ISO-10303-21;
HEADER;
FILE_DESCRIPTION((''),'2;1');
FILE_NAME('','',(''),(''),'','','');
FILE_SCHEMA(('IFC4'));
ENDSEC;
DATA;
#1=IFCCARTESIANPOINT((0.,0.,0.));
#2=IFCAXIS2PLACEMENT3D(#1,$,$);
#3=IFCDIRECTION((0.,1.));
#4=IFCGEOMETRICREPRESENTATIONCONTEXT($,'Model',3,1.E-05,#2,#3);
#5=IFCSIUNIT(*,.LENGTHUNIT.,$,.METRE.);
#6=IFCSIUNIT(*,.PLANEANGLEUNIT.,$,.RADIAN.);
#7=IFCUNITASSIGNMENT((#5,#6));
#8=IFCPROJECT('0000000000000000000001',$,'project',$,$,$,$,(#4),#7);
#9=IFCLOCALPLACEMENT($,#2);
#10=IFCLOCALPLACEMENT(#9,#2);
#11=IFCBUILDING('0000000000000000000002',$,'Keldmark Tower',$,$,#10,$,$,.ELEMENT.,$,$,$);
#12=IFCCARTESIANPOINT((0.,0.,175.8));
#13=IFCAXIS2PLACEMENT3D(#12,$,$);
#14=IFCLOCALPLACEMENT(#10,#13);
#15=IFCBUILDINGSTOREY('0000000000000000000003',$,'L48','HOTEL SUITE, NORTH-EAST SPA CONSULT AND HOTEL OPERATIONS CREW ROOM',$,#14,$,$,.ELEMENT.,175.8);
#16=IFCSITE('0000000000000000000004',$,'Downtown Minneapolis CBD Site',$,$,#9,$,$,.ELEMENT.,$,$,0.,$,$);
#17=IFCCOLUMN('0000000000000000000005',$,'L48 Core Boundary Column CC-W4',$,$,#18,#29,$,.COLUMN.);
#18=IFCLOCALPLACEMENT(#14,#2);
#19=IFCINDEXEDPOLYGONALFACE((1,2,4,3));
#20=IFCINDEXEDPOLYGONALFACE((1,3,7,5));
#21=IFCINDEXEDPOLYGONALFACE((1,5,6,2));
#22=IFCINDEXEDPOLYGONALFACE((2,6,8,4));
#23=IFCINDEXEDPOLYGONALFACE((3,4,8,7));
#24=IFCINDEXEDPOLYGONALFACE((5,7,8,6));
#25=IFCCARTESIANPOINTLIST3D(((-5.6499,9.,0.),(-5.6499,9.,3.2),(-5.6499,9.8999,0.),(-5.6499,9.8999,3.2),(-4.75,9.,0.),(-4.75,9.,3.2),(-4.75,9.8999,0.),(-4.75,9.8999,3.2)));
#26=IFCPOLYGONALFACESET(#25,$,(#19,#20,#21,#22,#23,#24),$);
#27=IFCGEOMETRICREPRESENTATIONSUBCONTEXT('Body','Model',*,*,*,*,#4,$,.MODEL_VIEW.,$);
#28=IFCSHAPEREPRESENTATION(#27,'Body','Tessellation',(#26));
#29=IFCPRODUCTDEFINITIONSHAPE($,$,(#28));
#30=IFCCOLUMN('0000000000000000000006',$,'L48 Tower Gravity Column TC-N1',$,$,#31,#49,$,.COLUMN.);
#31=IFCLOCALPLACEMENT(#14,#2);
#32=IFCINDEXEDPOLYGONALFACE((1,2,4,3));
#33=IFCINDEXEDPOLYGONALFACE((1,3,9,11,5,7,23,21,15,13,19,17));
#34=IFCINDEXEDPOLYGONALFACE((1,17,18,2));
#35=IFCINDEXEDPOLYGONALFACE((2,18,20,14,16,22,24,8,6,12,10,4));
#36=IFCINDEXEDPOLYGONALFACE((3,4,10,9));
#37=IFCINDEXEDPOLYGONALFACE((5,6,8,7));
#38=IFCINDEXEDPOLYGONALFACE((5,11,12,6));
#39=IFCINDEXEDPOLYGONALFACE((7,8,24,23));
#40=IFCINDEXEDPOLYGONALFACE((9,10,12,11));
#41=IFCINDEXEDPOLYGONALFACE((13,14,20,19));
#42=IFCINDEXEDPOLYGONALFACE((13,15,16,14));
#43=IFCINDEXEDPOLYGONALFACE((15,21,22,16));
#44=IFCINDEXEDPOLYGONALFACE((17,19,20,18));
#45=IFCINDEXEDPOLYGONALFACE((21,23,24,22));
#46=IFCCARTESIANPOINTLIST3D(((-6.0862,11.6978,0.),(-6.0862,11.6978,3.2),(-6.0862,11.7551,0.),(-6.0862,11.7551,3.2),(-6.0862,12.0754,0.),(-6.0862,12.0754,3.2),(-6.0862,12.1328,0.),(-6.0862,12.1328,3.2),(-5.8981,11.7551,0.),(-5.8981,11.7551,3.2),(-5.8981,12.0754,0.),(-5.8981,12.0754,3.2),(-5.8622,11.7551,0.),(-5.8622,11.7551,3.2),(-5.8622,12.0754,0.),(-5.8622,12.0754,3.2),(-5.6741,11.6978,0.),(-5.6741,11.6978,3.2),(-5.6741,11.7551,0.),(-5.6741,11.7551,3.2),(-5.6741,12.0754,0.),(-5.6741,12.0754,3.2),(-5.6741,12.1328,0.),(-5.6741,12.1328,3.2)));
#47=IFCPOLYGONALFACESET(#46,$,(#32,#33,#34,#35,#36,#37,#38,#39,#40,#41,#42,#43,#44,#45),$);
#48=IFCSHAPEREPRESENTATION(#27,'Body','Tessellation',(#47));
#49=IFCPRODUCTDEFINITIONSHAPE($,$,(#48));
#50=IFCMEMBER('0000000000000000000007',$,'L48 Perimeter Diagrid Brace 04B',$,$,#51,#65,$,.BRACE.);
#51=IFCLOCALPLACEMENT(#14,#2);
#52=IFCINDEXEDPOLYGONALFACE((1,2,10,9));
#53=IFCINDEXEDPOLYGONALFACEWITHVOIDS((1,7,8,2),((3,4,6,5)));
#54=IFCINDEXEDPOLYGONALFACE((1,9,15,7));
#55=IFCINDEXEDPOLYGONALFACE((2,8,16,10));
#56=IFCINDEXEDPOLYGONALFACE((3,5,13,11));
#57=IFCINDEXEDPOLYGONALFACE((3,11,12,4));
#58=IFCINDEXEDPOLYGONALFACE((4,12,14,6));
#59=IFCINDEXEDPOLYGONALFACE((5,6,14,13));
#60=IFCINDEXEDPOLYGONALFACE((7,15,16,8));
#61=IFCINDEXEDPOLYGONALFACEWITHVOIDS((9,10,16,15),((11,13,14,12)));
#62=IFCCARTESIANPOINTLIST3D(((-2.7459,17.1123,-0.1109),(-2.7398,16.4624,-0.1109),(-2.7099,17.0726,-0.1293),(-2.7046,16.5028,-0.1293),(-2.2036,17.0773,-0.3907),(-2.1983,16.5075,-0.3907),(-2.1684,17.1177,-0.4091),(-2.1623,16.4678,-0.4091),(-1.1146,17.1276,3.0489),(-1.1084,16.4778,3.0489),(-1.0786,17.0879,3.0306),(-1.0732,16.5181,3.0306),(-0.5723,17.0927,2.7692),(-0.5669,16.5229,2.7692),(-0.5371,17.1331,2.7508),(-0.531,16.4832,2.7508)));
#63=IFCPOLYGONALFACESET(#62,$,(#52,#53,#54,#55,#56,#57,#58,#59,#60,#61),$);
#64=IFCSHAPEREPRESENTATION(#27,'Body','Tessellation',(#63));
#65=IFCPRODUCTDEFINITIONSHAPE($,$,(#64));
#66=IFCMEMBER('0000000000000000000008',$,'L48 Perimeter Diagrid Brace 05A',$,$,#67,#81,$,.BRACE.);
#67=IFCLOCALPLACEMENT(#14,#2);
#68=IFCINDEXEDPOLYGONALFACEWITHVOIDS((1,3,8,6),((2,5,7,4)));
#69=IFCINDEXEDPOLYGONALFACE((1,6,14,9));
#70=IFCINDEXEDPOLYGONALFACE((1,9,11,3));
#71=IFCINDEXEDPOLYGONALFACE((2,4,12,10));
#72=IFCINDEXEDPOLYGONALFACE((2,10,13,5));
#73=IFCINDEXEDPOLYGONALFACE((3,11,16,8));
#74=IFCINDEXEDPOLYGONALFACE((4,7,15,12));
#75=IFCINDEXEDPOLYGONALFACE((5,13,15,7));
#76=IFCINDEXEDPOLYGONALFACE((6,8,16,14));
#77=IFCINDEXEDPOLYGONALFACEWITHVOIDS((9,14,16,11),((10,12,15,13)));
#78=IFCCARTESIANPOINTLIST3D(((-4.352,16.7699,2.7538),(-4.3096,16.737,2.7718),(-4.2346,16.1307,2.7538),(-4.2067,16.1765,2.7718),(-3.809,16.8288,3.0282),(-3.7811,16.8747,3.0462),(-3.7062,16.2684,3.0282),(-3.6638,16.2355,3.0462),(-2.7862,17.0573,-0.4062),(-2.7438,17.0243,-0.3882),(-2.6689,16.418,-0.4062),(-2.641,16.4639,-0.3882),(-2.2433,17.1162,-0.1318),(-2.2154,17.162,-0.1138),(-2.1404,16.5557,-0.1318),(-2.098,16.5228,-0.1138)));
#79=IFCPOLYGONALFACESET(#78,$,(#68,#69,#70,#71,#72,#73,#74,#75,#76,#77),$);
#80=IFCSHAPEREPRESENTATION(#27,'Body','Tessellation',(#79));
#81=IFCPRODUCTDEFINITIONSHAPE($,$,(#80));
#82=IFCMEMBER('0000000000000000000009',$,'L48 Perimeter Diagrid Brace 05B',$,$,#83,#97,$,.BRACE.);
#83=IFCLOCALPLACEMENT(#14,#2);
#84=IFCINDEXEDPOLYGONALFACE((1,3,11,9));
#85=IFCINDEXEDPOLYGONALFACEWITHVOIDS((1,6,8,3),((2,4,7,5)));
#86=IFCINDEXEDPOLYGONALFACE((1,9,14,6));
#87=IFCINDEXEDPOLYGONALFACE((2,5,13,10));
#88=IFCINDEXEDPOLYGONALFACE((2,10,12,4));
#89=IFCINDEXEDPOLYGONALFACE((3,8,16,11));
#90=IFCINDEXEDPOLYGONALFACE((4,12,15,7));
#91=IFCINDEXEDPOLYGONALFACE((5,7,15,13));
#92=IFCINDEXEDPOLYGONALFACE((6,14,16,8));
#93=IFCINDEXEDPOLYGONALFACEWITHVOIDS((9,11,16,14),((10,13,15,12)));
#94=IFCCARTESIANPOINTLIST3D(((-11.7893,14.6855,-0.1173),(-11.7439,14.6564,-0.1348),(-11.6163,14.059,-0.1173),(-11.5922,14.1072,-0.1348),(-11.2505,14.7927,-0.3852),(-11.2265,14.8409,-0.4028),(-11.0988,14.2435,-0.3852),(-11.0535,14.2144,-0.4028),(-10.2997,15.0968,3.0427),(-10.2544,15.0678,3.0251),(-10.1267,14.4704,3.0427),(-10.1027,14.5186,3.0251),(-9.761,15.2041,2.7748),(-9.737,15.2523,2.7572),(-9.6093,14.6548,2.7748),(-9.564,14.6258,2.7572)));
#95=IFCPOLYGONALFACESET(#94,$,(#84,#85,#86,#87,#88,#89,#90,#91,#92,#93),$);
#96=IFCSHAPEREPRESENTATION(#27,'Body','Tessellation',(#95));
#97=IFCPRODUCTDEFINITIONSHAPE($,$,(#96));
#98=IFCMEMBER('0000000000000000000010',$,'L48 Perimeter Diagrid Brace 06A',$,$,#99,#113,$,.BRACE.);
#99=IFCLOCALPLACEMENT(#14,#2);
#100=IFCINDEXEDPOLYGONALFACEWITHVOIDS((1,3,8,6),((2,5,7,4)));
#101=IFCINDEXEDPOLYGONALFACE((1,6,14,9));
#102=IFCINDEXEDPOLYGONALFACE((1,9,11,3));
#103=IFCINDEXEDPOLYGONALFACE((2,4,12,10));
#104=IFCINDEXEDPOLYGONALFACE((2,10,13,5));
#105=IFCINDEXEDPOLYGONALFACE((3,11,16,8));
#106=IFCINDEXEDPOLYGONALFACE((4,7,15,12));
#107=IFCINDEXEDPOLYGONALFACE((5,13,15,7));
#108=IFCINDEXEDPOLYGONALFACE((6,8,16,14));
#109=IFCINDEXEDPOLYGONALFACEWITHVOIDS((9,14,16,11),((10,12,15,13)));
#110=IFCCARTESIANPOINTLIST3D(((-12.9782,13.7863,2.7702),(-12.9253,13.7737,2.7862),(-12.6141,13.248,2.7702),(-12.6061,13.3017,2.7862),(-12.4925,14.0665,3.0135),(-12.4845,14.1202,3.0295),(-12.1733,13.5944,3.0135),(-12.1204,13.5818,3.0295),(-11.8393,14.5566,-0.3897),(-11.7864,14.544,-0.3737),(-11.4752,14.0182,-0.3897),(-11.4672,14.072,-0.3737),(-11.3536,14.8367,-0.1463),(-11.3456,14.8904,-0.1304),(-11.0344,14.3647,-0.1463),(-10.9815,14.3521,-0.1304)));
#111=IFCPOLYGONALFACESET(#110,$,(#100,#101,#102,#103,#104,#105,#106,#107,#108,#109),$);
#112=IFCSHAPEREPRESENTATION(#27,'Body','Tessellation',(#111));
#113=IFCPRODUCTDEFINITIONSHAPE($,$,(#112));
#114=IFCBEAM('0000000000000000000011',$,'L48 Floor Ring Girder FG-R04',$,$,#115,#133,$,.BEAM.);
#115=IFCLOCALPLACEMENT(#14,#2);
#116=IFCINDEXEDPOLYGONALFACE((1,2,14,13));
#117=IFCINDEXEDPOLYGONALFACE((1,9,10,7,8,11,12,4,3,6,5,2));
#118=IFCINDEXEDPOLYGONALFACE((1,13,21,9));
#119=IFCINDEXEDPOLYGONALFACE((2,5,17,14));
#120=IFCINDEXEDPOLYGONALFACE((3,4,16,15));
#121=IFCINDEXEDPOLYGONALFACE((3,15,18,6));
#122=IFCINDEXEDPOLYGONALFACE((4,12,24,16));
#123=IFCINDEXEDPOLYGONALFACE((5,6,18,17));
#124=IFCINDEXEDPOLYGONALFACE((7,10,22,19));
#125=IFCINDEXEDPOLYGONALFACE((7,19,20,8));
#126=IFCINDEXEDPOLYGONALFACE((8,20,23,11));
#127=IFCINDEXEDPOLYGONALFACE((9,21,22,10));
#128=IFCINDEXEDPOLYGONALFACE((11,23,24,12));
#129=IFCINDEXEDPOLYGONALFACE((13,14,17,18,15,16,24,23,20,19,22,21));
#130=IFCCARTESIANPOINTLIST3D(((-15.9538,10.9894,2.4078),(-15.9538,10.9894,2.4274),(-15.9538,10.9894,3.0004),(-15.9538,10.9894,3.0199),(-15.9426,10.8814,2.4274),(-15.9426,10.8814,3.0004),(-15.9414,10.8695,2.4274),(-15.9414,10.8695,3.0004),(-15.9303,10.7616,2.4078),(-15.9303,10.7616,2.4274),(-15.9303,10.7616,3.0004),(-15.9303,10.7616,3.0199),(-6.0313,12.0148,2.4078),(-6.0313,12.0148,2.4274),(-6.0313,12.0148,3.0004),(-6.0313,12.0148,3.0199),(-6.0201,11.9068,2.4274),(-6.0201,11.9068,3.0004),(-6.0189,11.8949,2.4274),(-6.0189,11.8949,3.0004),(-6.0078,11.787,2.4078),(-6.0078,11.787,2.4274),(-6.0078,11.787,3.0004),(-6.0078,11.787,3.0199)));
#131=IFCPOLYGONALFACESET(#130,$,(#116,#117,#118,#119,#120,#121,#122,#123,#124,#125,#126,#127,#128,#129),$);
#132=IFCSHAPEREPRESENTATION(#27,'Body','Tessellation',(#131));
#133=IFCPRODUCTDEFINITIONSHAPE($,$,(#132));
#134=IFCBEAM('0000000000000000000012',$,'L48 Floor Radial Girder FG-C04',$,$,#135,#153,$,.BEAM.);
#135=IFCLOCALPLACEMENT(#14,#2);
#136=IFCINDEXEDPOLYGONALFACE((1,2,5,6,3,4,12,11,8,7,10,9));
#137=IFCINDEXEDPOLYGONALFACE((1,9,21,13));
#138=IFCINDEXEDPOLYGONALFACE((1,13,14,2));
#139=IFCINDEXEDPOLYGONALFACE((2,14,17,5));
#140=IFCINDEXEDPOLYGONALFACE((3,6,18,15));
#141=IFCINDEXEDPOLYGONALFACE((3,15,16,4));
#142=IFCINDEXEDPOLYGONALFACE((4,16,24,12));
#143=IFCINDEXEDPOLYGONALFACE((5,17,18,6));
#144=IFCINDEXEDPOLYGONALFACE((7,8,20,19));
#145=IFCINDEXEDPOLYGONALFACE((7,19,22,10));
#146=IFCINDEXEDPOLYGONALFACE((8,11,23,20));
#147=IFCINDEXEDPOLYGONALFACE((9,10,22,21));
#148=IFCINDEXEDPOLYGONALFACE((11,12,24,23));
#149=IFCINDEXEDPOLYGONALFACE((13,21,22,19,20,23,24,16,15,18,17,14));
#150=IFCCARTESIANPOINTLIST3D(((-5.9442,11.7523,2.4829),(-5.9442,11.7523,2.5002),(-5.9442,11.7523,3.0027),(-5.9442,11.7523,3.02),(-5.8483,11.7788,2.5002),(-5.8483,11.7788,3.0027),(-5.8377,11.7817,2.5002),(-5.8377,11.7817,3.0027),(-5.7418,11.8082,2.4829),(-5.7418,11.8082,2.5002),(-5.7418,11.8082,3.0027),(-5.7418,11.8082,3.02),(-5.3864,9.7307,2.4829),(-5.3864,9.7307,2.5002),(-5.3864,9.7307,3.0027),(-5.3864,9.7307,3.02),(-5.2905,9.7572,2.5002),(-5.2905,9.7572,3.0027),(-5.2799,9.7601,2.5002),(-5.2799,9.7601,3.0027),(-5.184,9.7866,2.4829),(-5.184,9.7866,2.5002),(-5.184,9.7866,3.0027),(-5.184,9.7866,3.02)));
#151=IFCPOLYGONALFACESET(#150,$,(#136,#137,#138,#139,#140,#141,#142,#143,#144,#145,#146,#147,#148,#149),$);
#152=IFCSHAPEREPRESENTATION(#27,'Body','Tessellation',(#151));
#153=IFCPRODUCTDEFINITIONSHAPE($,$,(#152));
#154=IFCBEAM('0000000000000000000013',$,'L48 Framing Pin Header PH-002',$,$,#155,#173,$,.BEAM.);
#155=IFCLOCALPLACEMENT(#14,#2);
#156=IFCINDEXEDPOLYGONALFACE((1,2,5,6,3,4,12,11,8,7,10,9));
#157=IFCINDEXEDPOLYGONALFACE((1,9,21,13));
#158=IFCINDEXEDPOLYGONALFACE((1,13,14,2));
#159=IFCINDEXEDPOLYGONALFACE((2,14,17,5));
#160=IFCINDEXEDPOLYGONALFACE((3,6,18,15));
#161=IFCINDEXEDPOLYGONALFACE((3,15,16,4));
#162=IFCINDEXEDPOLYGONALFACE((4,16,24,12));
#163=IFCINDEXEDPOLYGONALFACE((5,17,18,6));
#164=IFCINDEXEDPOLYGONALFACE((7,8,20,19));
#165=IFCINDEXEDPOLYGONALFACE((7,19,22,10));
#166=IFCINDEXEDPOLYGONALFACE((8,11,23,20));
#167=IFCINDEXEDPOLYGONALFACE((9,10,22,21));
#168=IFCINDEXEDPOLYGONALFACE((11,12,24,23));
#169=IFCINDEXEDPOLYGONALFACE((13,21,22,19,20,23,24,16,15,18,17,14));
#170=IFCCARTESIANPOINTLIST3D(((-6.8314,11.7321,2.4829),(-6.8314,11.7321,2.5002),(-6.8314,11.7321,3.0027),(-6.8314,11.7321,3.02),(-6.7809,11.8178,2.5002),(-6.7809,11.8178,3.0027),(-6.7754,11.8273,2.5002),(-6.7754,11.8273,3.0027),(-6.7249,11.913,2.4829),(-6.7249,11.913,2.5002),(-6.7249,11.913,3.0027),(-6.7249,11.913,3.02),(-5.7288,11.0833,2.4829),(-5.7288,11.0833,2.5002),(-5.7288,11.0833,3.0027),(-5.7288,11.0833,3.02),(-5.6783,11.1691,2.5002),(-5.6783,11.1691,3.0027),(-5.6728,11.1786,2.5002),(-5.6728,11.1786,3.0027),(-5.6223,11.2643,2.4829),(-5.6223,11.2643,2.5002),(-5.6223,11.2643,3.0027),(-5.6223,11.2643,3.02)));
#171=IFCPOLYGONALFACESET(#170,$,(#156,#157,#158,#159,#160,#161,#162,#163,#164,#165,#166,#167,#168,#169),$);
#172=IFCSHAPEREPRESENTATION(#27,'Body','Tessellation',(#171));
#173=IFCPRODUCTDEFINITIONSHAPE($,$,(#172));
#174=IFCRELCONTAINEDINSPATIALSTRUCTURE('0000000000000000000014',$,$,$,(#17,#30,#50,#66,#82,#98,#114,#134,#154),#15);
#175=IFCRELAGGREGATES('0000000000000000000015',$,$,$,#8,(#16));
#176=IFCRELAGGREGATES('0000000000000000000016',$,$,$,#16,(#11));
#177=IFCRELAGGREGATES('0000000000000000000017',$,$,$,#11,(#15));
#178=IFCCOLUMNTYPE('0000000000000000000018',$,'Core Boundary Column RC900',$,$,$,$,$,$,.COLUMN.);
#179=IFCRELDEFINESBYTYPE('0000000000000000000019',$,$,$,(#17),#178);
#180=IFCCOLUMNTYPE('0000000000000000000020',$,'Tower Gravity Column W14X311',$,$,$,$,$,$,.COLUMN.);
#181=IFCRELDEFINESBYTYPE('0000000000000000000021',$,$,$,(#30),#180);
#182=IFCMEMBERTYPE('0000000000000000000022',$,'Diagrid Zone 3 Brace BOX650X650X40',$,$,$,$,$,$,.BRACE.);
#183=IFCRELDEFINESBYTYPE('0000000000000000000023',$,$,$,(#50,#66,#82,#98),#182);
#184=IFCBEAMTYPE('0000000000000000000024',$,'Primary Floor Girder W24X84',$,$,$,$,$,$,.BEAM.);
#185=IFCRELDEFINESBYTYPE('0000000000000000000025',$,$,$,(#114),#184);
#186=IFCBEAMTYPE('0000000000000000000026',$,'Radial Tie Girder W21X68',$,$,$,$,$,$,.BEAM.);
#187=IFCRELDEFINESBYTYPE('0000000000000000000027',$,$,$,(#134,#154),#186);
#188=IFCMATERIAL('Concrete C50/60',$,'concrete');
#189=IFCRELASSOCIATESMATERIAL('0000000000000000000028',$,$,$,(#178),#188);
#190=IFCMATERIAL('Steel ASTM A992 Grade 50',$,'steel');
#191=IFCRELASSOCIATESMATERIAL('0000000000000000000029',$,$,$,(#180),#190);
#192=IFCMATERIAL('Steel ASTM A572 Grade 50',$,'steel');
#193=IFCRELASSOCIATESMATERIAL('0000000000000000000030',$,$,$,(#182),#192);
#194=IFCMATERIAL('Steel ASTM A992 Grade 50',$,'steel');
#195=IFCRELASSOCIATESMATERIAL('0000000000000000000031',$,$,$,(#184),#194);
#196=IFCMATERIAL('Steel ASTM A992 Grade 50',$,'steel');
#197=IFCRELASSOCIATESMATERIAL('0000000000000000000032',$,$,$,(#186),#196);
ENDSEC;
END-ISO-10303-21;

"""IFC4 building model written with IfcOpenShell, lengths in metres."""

from ifc_helpers import new_model, si_unit, direction, frame, origin, origin_2d, place, context, subcontext, project, spatial, rectangle, hollow_rectangle, i_section, extrude, material, material_profile, profile_set, type_object, element, save


model = new_model("IFC4")

# Units and contexts
model_context = context("Model", 3, precision=1e-05, world=origin(), true_north=direction((0.0, 1.0)))
body_context = subcontext(model_context, "Body", "Model", "MODEL_VIEW")
ifc_project = project(units=[si_unit("LENGTHUNIT", "METRE"), si_unit("PLANEANGLEUNIT", "RADIAN")], contexts=[model_context])

# Site, building, storey
site_placement = place(None, origin())
site = spatial("IfcSite", under=ifc_project, at=site_placement, Name="Downtown Minneapolis CBD Site", CompositionType="ELEMENT", RefElevation=0.0)
building_placement = place(site_placement, origin())
building = spatial("IfcBuilding", under=site, at=building_placement, Name="Keldmark Tower", CompositionType="ELEMENT")
storey_placement = place(building_placement, frame((0.0, 0.0, 175.8)))
storey = spatial("IfcBuildingStorey", under=building, at=storey_placement, Name="L48", Description="HOTEL SUITE, NORTH-EAST SPA CONSULT AND HOTEL OPERATIONS CREW ROOM", CompositionType="ELEMENT", Elevation=175.8)

# Columns
ifc_material_1 = material(Name="Concrete C50/60", Category="concrete")
ifc_material_profile_1 = material_profile(ifc_material_1, rectangle(XDim=0.8999, YDim=0.8999, at=origin_2d()), Name="RC900X900")
ifc_profile_set_1 = profile_set([ifc_material_profile_1], Name="Concrete C50/60")
column_type_1 = type_object("IfcColumnType", Name="Core Boundary Column RC900", PredefinedType="COLUMN", material=ifc_profile_set_1)
column_1_placement = place(storey_placement, frame((-5.2, 9.45, 0.0), z_axis=(0.0, 0.0, 1.0), x_axis=(1.0, 0.0, 0.0)))
element("IfcColumn", 1, at=column_1_placement, inside=storey, type_object=column_type_1, Name="L48 Core Boundary Column CC-W4", PredefinedType="COLUMN", context=body_context, shape_type="SweptSolid", body=[
    extrude(rectangle(XDim=0.8999, YDim=0.8999, at=origin_2d()), origin(), (0.0, 0.0, 1.0), 3.2),
])
ifc_material_2 = material(Name="Steel ASTM A992 Grade 50", Category="steel")
ifc_material_profile_2 = material_profile(ifc_material_2, i_section(OverallWidth=0.4121, OverallDepth=0.4351, WebThickness=0.0359, FlangeThickness=0.0574, at=origin_2d()), Name="W14X311")
ifc_profile_set_2 = profile_set([ifc_material_profile_2], Name="Steel ASTM A992 Grade 50")
column_type_2 = type_object("IfcColumnType", Name="Tower Gravity Column W14X311", PredefinedType="COLUMN", material=ifc_profile_set_2)
column_2_placement = place(storey_placement, frame((-5.8801, 11.9153, 0.0), z_axis=(0.0, 0.0, 1.0), x_axis=(1.0, 0.0, 0.0)))
element("IfcColumn", 2, at=column_2_placement, inside=storey, type_object=column_type_2, Name="L48 Tower Gravity Column TC-N1", PredefinedType="COLUMN", context=body_context, shape_type="SweptSolid", body=[
    extrude(i_section(OverallWidth=0.4121, OverallDepth=0.4351, WebThickness=0.0359, FlangeThickness=0.0574, at=origin_2d()), origin(), (0.0, 0.0, 1.0), 3.2),
])

# Members
ifc_material_3 = material(Name="Steel ASTM A572 Grade 50", Category="steel")
ifc_material_profile_3 = material_profile(ifc_material_3, hollow_rectangle(XDim=0.6499, YDim=0.6499, WallThickness=0.04, at=origin_2d()), Name="BOX650X650X40")
ifc_profile_set_3 = profile_set([ifc_material_profile_3], Name="Steel ASTM A572 Grade 50")
member_type = type_object("IfcMemberType", Name="Diagrid Zone 3 Brace BOX650X650X40", PredefinedType="BRACE", material=ifc_profile_set_3)
member_1_placement = place(storey_placement, frame((-2.4541, 16.79, -0.26), z_axis=(0.458733, 0.004325, 0.888564), x_axis=(-0.009428, 0.999956, 0.0)))
element("IfcMember", 3, at=member_1_placement, inside=storey, type_object=member_type, Name="L48 Perimeter Diagrid Brace 04B", PredefinedType="BRACE", context=body_context, shape_type="SweptSolid", body=[
    extrude(hollow_rectangle(XDim=0.6499, YDim=0.6499, WallThickness=0.04, at=origin_2d()), origin(), (0.0, 0.0, 1.0), 3.5562),
])
member_2_placement = place(storey_placement, frame((-2.4421, 16.79, -0.26), z_axis=(-0.442504, -0.081214, 0.893081), x_axis=(0.180518, -0.983572, 0.0)))
element("IfcMember", 4, at=member_2_placement, inside=storey, type_object=member_type, Name="L48 Perimeter Diagrid Brace 05A", PredefinedType="BRACE", context=body_context, shape_type="SweptSolid", body=[
    extrude(hollow_rectangle(XDim=0.6499, YDim=0.6499, WallThickness=0.04, at=origin_2d()), origin(), (0.0, 0.0, 1.0), 3.5383),
])
member_3_placement = place(storey_placement, frame((-11.4214, 14.45, -0.26), z_axis=(0.423453, 0.116951, 0.898337), x_axis=(-0.266218, 0.963913, 0.0)))
element("IfcMember", 5, at=member_3_placement, inside=storey, type_object=member_type, Name="L48 Perimeter Diagrid Brace 05B", PredefinedType="BRACE", context=body_context, shape_type="SweptSolid", body=[
    extrude(hollow_rectangle(XDim=0.6499, YDim=0.6499, WallThickness=0.04, at=origin_2d()), origin(), (0.0, 0.0, 1.0), 3.5176),
])
member_4_placement = place(storey_placement, frame((-11.4104, 14.4543, -0.26), z_axis=(-0.330496, -0.223519, 0.916958), x_axis=(0.56022, -0.828344, 0.0)))
element("IfcMember", 6, at=member_4_placement, inside=storey, type_object=member_type, Name="L48 Perimeter Diagrid Brace 06A", PredefinedType="BRACE", context=body_context, shape_type="SweptSolid", body=[
    extrude(hollow_rectangle(XDim=0.6499, YDim=0.6499, WallThickness=0.04, at=origin_2d()), origin(), (0.0, 0.0, 1.0), 3.446),
])

# Beams
ifc_material_4 = material(Name="Steel ASTM A992 Grade 50", Category="steel")
ifc_material_profile_4 = material_profile(ifc_material_4, i_section(OverallWidth=0.229, OverallDepth=0.6121, WebThickness=0.012, FlangeThickness=0.0195, at=origin_2d()), Name="W24X84")
ifc_profile_set_4 = profile_set([ifc_material_profile_4], Name="Steel ASTM A992 Grade 50")
beam_type_1 = type_object("IfcBeamType", Name="Primary Floor Girder W24X84", PredefinedType="BEAM", material=ifc_profile_set_4)
beam_1_placement = place(storey_placement, frame((-6.0195, 11.9009, 2.7139), z_axis=(-0.994703, -0.102791, 0.0), x_axis=(0.102791, -0.994703, 0.0)))
element("IfcBeam", 7, at=beam_1_placement, inside=storey, type_object=beam_type_1, Name="L48 Floor Ring Girder FG-R04", PredefinedType="BEAM", context=body_context, shape_type="SweptSolid", body=[
    extrude(i_section(OverallWidth=0.229, OverallDepth=0.6121, WebThickness=0.012, FlangeThickness=0.0195, at=origin_2d()), origin(), (0.0, 0.0, 1.0), 9.9753),
])
ifc_material_5 = material(Name="Steel ASTM A992 Grade 50", Category="steel")
ifc_material_profile_5 = material_profile(ifc_material_5, i_section(OverallWidth=0.21, OverallDepth=0.5371, WebThickness=0.011, FlangeThickness=0.0173, at=origin_2d()), Name="W21X68")
ifc_profile_set_5 = profile_set([ifc_material_profile_5], Name="Steel ASTM A992 Grade 50")
beam_type_2 = type_object("IfcBeamType", Name="Radial Tie Girder W21X68", PredefinedType="BEAM", material=ifc_profile_set_5)
beam_2_placement = place(storey_placement, frame((-5.843, 11.7803, 2.7515), z_axis=(0.265992, -0.963975, 0.0), x_axis=(0.963975, 0.265992, 0.0)))
element("IfcBeam", 8, at=beam_2_placement, inside=storey, type_object=beam_type_2, Name="L48 Floor Radial Girder FG-C04", PredefinedType="BEAM", context=body_context, shape_type="SweptSolid", body=[
    extrude(i_section(OverallWidth=0.21, OverallDepth=0.5371, WebThickness=0.011, FlangeThickness=0.0173, at=origin_2d()), origin(), (0.0, 0.0, 1.0), 2.0972),
])
beam_3_placement = place(storey_placement, frame((-5.6755, 11.1738, 2.7515), z_axis=(-0.86189, 0.507095, 0.0), x_axis=(-0.507095, -0.86189, 0.0)))
element("IfcBeam", 9, at=beam_3_placement, inside=storey, type_object=beam_type_2, Name="L48 Framing Pin Header PH-002", PredefinedType="BEAM", context=body_context, shape_type="SweptSolid", body=[
    extrude(i_section(OverallWidth=0.21, OverallDepth=0.5371, WebThickness=0.011, FlangeThickness=0.0173, at=origin_2d()), origin(), (0.0, 0.0, 1.0), 1.2793),
])

save(model, "model.ifc")
